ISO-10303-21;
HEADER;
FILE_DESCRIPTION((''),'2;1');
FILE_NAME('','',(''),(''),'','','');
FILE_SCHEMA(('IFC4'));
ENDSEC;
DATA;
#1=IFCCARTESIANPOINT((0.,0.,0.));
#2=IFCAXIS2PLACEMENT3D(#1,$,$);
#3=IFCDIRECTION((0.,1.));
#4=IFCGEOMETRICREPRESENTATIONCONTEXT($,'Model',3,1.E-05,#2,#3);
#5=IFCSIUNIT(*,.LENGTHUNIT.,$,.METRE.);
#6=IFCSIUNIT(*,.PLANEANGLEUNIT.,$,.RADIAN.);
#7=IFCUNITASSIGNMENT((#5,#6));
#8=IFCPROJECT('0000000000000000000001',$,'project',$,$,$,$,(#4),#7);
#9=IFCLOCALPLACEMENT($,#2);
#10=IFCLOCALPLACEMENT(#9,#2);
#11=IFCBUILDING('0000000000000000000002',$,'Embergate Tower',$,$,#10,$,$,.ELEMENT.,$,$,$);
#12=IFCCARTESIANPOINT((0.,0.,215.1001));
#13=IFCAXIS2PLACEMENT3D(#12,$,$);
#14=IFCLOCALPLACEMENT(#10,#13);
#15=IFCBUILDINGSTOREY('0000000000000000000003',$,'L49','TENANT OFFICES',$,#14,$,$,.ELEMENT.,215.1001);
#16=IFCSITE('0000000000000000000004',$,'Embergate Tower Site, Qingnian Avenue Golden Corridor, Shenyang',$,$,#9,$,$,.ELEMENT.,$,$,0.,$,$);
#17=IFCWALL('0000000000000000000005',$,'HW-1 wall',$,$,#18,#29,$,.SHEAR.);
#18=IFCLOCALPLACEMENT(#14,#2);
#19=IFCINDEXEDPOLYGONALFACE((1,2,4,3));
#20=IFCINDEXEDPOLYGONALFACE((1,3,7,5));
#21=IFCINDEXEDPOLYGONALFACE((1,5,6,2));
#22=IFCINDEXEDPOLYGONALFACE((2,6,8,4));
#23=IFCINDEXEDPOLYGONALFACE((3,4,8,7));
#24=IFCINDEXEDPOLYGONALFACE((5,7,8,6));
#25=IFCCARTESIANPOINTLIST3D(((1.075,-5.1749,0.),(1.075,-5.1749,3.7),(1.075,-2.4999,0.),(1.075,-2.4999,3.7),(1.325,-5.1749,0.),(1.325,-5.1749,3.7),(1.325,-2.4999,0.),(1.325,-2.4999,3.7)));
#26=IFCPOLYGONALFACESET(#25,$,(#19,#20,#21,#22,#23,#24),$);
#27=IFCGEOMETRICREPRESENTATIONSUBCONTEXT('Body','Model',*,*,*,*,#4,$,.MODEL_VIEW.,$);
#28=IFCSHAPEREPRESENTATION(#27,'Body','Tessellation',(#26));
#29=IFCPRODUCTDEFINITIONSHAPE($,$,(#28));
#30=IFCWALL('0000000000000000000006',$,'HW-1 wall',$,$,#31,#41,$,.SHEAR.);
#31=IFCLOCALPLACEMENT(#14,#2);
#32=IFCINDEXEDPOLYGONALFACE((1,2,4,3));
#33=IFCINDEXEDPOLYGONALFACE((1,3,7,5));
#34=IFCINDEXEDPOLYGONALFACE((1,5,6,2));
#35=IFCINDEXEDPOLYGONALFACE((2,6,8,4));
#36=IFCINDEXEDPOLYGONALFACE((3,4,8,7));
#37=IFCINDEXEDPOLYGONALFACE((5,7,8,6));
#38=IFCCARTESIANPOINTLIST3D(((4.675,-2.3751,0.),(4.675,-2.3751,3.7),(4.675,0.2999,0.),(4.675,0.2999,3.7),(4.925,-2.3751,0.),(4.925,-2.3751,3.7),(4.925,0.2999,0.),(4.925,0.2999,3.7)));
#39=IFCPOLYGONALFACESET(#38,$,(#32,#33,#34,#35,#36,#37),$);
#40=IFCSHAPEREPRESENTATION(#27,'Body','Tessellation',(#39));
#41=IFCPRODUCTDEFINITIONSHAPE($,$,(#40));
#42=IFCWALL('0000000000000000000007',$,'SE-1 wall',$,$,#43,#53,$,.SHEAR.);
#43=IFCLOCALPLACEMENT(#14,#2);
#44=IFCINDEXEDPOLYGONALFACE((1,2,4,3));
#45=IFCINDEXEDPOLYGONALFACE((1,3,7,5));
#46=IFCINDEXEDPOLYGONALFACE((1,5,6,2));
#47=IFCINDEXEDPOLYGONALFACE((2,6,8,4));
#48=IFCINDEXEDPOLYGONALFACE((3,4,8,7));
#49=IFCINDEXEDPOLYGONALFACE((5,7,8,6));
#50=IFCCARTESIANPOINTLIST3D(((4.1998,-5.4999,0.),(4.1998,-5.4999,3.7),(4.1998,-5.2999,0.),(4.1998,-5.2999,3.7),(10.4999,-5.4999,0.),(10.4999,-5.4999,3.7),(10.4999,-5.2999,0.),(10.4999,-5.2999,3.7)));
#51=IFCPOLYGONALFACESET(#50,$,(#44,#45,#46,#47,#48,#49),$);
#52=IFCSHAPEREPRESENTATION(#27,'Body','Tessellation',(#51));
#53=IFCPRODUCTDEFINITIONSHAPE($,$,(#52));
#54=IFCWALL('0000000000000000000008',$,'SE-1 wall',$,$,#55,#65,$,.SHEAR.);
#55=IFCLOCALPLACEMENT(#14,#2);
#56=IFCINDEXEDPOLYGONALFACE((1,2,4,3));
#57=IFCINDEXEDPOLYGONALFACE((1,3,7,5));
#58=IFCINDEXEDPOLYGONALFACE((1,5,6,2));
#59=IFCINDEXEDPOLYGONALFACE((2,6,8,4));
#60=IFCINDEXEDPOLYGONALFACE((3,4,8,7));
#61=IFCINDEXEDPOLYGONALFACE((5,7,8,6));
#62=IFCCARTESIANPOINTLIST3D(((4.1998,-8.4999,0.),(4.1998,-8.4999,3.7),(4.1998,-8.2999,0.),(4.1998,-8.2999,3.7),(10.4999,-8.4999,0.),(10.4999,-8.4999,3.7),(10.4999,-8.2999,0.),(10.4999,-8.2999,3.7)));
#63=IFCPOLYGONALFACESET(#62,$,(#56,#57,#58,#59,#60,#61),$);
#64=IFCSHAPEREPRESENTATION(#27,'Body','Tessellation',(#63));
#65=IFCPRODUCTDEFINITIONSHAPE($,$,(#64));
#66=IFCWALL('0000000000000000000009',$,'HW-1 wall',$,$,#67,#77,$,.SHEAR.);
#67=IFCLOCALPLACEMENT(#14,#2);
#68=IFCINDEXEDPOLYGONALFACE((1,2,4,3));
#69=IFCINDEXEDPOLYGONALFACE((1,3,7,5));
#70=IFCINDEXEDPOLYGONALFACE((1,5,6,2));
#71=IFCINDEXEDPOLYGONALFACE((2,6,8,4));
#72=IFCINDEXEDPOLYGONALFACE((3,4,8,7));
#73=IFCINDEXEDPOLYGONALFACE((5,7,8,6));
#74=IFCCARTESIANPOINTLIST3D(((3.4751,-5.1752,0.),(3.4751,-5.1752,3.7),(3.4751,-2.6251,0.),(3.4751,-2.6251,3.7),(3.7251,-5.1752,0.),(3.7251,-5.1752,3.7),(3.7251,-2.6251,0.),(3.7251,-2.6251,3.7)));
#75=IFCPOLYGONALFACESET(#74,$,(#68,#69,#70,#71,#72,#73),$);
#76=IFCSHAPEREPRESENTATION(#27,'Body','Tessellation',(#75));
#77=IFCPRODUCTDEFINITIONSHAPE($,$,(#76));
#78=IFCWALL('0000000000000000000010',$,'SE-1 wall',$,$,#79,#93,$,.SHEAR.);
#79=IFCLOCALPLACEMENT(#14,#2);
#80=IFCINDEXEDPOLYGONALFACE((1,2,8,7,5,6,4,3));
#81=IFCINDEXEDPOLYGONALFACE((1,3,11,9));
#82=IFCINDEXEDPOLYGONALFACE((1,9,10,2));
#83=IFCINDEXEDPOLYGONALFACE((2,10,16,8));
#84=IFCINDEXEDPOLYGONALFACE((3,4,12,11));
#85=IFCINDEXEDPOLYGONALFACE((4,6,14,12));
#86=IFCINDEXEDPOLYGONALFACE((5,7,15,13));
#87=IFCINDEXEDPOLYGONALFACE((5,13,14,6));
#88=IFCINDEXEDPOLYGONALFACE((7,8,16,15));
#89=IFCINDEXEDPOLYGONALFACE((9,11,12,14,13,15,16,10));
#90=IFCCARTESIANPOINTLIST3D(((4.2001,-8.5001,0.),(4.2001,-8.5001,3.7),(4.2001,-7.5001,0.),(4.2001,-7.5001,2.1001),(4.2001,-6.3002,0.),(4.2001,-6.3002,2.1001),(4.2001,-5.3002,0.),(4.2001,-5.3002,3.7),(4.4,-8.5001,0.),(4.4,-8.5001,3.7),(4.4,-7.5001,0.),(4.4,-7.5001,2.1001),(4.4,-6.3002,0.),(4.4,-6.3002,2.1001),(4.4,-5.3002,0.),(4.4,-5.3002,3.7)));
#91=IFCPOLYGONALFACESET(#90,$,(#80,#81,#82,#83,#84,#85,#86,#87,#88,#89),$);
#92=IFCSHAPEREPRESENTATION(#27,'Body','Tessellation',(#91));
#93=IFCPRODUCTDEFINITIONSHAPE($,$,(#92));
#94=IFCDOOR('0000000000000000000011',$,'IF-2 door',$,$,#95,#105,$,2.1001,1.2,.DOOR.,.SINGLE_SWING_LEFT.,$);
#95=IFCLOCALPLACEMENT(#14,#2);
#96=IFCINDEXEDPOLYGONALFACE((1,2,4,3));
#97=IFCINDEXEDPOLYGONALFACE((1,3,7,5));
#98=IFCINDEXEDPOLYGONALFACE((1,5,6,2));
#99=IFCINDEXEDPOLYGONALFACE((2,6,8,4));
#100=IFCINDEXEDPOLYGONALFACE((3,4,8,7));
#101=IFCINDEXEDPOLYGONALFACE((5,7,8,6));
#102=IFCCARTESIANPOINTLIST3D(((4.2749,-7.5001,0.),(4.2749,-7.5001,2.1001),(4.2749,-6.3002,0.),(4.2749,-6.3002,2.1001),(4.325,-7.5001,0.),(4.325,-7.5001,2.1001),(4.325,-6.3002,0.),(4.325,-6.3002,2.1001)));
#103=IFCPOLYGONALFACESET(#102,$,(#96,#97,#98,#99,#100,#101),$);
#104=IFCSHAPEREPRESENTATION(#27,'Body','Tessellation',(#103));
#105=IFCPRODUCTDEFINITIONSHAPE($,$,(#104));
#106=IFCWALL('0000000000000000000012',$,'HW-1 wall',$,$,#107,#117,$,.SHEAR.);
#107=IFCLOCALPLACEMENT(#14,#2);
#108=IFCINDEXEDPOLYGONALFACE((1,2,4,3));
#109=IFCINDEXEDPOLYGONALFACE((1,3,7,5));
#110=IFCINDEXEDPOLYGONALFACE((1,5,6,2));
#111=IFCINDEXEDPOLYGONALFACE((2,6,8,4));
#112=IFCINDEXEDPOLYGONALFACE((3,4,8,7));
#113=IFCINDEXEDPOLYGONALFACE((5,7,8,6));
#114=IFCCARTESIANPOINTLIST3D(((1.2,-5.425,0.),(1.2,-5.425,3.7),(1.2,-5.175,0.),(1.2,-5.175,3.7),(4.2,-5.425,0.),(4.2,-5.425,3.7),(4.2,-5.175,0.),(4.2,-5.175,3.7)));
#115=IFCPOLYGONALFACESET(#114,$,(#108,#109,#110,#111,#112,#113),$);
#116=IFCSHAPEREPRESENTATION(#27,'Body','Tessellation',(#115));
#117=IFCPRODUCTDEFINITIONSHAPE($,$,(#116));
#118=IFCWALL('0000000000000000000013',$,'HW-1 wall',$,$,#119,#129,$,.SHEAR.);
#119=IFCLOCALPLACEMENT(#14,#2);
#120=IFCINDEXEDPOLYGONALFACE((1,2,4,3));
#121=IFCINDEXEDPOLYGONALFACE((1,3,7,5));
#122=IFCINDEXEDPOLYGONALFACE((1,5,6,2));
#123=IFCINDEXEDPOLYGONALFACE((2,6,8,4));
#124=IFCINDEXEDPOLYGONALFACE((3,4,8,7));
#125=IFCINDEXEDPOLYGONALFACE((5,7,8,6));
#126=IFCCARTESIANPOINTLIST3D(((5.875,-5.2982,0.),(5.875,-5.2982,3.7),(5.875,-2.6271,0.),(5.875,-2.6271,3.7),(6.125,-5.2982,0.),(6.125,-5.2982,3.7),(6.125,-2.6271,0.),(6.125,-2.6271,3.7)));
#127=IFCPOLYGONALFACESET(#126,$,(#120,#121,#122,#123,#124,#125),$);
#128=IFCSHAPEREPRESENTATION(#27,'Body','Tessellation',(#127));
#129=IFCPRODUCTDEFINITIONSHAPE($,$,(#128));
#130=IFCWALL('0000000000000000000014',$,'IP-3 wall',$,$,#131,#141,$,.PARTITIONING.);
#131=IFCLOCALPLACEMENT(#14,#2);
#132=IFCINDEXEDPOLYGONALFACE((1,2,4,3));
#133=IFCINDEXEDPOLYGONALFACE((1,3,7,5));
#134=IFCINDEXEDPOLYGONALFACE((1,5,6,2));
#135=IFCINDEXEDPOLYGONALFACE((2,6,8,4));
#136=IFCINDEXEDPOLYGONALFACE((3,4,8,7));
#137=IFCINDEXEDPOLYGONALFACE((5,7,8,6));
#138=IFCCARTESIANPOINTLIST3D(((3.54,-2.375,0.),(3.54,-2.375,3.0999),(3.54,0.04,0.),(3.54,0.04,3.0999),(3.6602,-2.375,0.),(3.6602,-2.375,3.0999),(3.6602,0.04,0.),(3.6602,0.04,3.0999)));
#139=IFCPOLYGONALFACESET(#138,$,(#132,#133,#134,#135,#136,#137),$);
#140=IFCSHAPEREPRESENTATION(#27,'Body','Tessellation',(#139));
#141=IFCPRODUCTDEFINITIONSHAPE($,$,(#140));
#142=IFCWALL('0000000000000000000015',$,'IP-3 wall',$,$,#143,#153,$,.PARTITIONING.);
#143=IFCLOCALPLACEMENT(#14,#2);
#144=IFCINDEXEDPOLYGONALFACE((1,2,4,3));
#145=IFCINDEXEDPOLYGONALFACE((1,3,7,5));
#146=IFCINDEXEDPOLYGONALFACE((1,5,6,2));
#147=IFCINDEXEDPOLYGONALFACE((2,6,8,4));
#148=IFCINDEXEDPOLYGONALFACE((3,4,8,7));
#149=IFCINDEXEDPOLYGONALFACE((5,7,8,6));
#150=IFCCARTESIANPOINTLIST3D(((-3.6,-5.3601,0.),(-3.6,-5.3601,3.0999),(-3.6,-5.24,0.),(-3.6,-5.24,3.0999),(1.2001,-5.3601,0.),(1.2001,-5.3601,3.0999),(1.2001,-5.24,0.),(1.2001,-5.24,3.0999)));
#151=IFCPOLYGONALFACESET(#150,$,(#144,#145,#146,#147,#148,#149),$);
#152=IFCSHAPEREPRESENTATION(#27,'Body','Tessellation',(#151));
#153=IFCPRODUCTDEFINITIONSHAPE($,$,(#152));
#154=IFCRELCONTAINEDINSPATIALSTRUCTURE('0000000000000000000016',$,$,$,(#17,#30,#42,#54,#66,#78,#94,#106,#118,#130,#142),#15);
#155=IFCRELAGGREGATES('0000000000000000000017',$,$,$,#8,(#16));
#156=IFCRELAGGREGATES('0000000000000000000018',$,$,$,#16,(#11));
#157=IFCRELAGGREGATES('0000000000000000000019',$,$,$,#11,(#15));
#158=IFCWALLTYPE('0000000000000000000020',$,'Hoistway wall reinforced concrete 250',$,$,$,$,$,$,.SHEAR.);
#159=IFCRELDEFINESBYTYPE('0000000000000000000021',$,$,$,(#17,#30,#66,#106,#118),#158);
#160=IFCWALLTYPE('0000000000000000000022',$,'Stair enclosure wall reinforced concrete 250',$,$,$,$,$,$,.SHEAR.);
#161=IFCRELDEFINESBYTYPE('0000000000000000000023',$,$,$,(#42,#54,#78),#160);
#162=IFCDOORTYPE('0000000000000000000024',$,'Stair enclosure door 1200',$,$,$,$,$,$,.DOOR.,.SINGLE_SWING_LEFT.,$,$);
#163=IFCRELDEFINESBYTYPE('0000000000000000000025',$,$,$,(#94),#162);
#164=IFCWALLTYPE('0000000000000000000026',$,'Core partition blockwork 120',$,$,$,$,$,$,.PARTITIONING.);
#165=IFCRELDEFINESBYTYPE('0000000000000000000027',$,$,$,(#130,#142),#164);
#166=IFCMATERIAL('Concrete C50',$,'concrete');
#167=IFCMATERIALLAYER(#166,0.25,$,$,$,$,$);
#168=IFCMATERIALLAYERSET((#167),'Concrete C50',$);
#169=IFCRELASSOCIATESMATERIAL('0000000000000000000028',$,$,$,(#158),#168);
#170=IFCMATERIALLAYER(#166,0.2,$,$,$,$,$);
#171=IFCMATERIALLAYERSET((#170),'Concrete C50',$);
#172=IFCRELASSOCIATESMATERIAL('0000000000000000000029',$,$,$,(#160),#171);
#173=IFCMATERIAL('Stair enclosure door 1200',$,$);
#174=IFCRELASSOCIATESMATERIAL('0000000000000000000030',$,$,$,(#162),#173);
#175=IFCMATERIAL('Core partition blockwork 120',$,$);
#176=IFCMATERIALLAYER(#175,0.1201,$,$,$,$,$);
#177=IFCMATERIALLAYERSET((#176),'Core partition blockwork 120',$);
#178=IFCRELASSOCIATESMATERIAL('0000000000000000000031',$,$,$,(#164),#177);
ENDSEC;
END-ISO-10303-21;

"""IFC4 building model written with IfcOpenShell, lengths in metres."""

from ifc_helpers import new_model, si_unit, direction, frame, frame_2d, origin, place, context, subcontext, project, spatial, rectangle, extrude, source, transform, mapped, material, layer, layer_set, type_object, element, fill, save


model = new_model("IFC4")

# Units and contexts
model_context = context("Model", 3, precision=1e-05, world=origin(), true_north=direction((0.0, 1.0)))
body_context = subcontext(model_context, "Body", "Model", "MODEL_VIEW")
ifc_project = project(units=[si_unit("LENGTHUNIT", "METRE"), si_unit("PLANEANGLEUNIT", "RADIAN")], contexts=[model_context])

# Site, building, storey
site_placement = place(None, origin())
site = spatial("IfcSite", under=ifc_project, at=site_placement, Name="Embergate Tower Site, Qingnian Avenue Golden Corridor, Shenyang", CompositionType="ELEMENT", RefElevation=0.0)
building_placement = place(site_placement, origin())
building = spatial("IfcBuilding", under=site, at=building_placement, Name="Embergate Tower", CompositionType="ELEMENT")
storey_placement = place(building_placement, frame((0.0, 0.0, 215.1001)))
storey = spatial("IfcBuildingStorey", under=building, at=storey_placement, Name="L49", Description="TENANT OFFICES", CompositionType="ELEMENT", Elevation=215.1001)

# Walls
ifc_material_1 = material(Name="Concrete C50", Category="concrete")
ifc_layer_1 = layer(ifc_material_1, 0.25)
ifc_layer_set_1 = layer_set([ifc_layer_1], Name="Concrete C50")
wall_type_1 = type_object("IfcWallType", Name="Hoistway wall reinforced concrete 250", PredefinedType="SHEAR", material=ifc_layer_set_1)
shared_shape_1 = source(origin(), body_context, "Body", "SweptSolid", [
    extrude(rectangle(XDim=2.675, YDim=0.25, at=frame_2d((1.3374, 0.0))), origin(), (0.0, 0.0, 1.0), 3.7),
])
for number, where, z_axis, x_axis, name in (
    (1, (1.2, -2.5, 0.0), (0.0, 0.0, 1.0), (0.0, -1.0, 0.0), "HW-1 wall"),
    (2, (4.8, -2.375, 0.0), (0.0, 0.0, 1.0), (0.0, 1.0, 0.0), "HW-1 wall"),
):
    element("IfcWall", number, at=place(storey_placement, frame(where, z_axis=z_axis, x_axis=x_axis)), inside=storey, type_object=wall_type_1, Name=name, PredefinedType="SHEAR", context=body_context, shape_type="MappedRepresentation", body=[
        mapped(shared_shape_1, transform((0.0, 0.0, 0.0))),
    ])
ifc_layer_2 = layer(ifc_material_1, 0.2)
ifc_layer_set_2 = layer_set([ifc_layer_2], Name="Concrete C50")
wall_type_2 = type_object("IfcWallType", Name="Stair enclosure wall reinforced concrete 250", PredefinedType="SHEAR", material=ifc_layer_set_2)
shared_shape_2 = source(origin(), body_context, "Body", "SweptSolid", [
    extrude(rectangle(XDim=6.3, YDim=0.2, at=frame_2d((3.1499, 0.0))), origin(), (0.0, 0.0, 1.0), 3.7),
])
for number, where, z_axis, x_axis, name in (
    (3, (4.2, -5.3999, 0.0), (0.0, 0.0, 1.0), (1.0, 0.0, 0.0), "SE-1 wall"),
    (4, (4.2, -8.3999, 0.0), (0.0, 0.0, 1.0), (1.0, 0.0, 0.0), "SE-1 wall"),
):
    element("IfcWall", number, at=place(storey_placement, frame(where, z_axis=z_axis, x_axis=x_axis)), inside=storey, type_object=wall_type_2, Name=name, PredefinedType="SHEAR", context=body_context, shape_type="MappedRepresentation", body=[
        mapped(shared_shape_2, transform((0.0, 0.0, 0.0))),
    ])
shared_shape_3 = source(origin(), body_context, "Body", "SweptSolid", [
    extrude(rectangle(XDim=2.55, YDim=0.25, at=frame_2d((1.2749, 0.0))), origin(), (0.0, 0.0, 1.0), 3.7),
])
wall_1_placement = place(storey_placement, frame((3.6001, -5.175, 0.0), z_axis=(0.0, 0.0, 1.0), x_axis=(0.0, 1.0, 0.0)))
element("IfcWall", 5, at=wall_1_placement, inside=storey, type_object=wall_type_1, Name="HW-1 wall", PredefinedType="SHEAR", context=body_context, shape_type="MappedRepresentation", body=[
    mapped(shared_shape_3, transform((0.0, 0.0, 0.0))),
])

# Wall, opening, door
shared_shape_4 = source(origin(), body_context, "Body", "SweptSolid", [
    extrude(rectangle(XDim=3.2, YDim=0.2, at=frame_2d((1.6001, 0.0))), origin(), (0.0, 0.0, 1.0), 3.7),
])
wall_2_placement = place(storey_placement, frame((4.3, -5.3, 0.0), z_axis=(0.0, 0.0, 1.0), x_axis=(0.0, -1.0, 0.0)))
wall_2 = element("IfcWall", 6, at=wall_2_placement, inside=storey, type_object=wall_type_2, Name="SE-1 wall", PredefinedType="SHEAR", context=body_context, shape_type="MappedRepresentation", body=[
    mapped(shared_shape_4, transform((0.0, 0.0, 0.0))),
])
shared_shape_5 = source(origin(), body_context, "Body", "SweptSolid", [
    extrude(rectangle(XDim=1.2, YDim=2.1001, at=frame_2d((0.6001, 1.05))), frame((0.0, 0.1099, 0.0), z_axis=(0.0, -1.0, 0.0), x_axis=(1.0, 0.0, 0.0)), (0.0, 0.0, 1.0), 0.22),
])
opening_placement = place(wall_2_placement, frame((1.0, 0.0, 0.0)))
opening = element("IfcOpeningElement", 7, at=opening_placement, cuts=wall_2, PredefinedType="OPENING", context=body_context, shape_type="MappedRepresentation", body=[
    mapped(shared_shape_5, transform((0.0, 0.0, 0.0))),
])
ifc_material_2 = material(Name="Stair enclosure door 1200")
door_type = type_object("IfcDoorType", Name="Stair enclosure door 1200", OperationType="SINGLE_SWING_LEFT", PredefinedType="DOOR", material=ifc_material_2)
shared_shape_6 = source(origin(), body_context, "Body", "SweptSolid", [
    extrude(rectangle(XDim=1.2, YDim=2.1001, at=frame_2d((0.6001, 1.05))), frame((0.0, 0.0249, 0.0), z_axis=(0.0, -1.0, 0.0), x_axis=(1.0, 0.0, 0.0)), (0.0, 0.0, 1.0), 0.05),
])
door_placement = place(opening_placement, origin())
door = element("IfcDoor", 8, at=door_placement, inside=storey, type_object=door_type, Name="IF-2 door", OperationType="SINGLE_SWING_LEFT", OverallHeight=2.1001, OverallWidth=1.2, PredefinedType="DOOR", context=body_context, shape_type="MappedRepresentation", body=[
    mapped(shared_shape_6, transform((0.0, 0.0, 0.0))),
])
fill(opening, door)

# Walls
shared_shape_7 = source(origin(), body_context, "Body", "SweptSolid", [
    extrude(rectangle(XDim=3.0, YDim=0.25, at=frame_2d((1.5, 0.0))), origin(), (0.0, 0.0, 1.0), 3.7),
])
wall_3_placement = place(storey_placement, frame((1.2, -5.3, 0.0), z_axis=(0.0, 0.0, 1.0), x_axis=(1.0, 0.0, 0.0)))
element("IfcWall", 9, at=wall_3_placement, inside=storey, type_object=wall_type_1, Name="HW-1 wall", PredefinedType="SHEAR", context=body_context, shape_type="MappedRepresentation", body=[
    mapped(shared_shape_7, transform((0.0, 0.0, 0.0))),
])
shared_shape_8 = source(origin(), body_context, "Body", "SweptSolid", [
    extrude(rectangle(XDim=2.6711, YDim=0.25, at=frame_2d((1.3354, 0.0))), origin(), (0.0, 0.0, 1.0), 3.7),
])
wall_4_placement = place(storey_placement, frame((6.0, -5.2981, 0.0), z_axis=(0.0, 0.0, 1.0), x_axis=(0.0, 1.0, 0.0)))
element("IfcWall", 10, at=wall_4_placement, inside=storey, type_object=wall_type_1, Name="HW-1 wall", PredefinedType="SHEAR", context=body_context, shape_type="MappedRepresentation", body=[
    mapped(shared_shape_8, transform((0.0, 0.0, 0.0))),
])
ifc_material_3 = material(Name="Core partition blockwork 120")
ifc_layer_3 = layer(ifc_material_3, 0.1201)
ifc_layer_set_3 = layer_set([ifc_layer_3], Name="Core partition blockwork 120")
wall_type_3 = type_object("IfcWallType", Name="Core partition blockwork 120", PredefinedType="PARTITIONING", material=ifc_layer_set_3)
shared_shape_9 = source(origin(), body_context, "Body", "SweptSolid", [
    extrude(rectangle(XDim=2.415, YDim=0.1201, at=frame_2d((1.2075, 0.0))), origin(), (0.0, 0.0, 1.0), 3.0999),
])
wall_5_placement = place(storey_placement, frame((3.6001, -2.375, 0.0), z_axis=(0.0, 0.0, 1.0), x_axis=(0.0, 1.0, 0.0)))
element("IfcWall", 11, at=wall_5_placement, inside=storey, type_object=wall_type_3, Name="IP-3 wall", PredefinedType="PARTITIONING", context=body_context, shape_type="MappedRepresentation", body=[
    mapped(shared_shape_9, transform((0.0, 0.0, 0.0))),
])
shared_shape_10 = source(origin(), body_context, "Body", "SweptSolid", [
    extrude(rectangle(XDim=4.8, YDim=0.1201, at=frame_2d((2.3999, 0.0))), origin(), (0.0, 0.0, 1.0), 3.0999),
])
wall_6_placement = place(storey_placement, frame((1.2, -5.3, 0.0), z_axis=(0.0, 0.0, 1.0), x_axis=(-1.0, 0.0, 0.0)))
element("IfcWall", 12, at=wall_6_placement, inside=storey, type_object=wall_type_3, Name="IP-3 wall", PredefinedType="PARTITIONING", context=body_context, shape_type="MappedRepresentation", body=[
    mapped(shared_shape_10, transform((0.0, 0.0, 0.0))),
])

save(model, "model.ifc")
